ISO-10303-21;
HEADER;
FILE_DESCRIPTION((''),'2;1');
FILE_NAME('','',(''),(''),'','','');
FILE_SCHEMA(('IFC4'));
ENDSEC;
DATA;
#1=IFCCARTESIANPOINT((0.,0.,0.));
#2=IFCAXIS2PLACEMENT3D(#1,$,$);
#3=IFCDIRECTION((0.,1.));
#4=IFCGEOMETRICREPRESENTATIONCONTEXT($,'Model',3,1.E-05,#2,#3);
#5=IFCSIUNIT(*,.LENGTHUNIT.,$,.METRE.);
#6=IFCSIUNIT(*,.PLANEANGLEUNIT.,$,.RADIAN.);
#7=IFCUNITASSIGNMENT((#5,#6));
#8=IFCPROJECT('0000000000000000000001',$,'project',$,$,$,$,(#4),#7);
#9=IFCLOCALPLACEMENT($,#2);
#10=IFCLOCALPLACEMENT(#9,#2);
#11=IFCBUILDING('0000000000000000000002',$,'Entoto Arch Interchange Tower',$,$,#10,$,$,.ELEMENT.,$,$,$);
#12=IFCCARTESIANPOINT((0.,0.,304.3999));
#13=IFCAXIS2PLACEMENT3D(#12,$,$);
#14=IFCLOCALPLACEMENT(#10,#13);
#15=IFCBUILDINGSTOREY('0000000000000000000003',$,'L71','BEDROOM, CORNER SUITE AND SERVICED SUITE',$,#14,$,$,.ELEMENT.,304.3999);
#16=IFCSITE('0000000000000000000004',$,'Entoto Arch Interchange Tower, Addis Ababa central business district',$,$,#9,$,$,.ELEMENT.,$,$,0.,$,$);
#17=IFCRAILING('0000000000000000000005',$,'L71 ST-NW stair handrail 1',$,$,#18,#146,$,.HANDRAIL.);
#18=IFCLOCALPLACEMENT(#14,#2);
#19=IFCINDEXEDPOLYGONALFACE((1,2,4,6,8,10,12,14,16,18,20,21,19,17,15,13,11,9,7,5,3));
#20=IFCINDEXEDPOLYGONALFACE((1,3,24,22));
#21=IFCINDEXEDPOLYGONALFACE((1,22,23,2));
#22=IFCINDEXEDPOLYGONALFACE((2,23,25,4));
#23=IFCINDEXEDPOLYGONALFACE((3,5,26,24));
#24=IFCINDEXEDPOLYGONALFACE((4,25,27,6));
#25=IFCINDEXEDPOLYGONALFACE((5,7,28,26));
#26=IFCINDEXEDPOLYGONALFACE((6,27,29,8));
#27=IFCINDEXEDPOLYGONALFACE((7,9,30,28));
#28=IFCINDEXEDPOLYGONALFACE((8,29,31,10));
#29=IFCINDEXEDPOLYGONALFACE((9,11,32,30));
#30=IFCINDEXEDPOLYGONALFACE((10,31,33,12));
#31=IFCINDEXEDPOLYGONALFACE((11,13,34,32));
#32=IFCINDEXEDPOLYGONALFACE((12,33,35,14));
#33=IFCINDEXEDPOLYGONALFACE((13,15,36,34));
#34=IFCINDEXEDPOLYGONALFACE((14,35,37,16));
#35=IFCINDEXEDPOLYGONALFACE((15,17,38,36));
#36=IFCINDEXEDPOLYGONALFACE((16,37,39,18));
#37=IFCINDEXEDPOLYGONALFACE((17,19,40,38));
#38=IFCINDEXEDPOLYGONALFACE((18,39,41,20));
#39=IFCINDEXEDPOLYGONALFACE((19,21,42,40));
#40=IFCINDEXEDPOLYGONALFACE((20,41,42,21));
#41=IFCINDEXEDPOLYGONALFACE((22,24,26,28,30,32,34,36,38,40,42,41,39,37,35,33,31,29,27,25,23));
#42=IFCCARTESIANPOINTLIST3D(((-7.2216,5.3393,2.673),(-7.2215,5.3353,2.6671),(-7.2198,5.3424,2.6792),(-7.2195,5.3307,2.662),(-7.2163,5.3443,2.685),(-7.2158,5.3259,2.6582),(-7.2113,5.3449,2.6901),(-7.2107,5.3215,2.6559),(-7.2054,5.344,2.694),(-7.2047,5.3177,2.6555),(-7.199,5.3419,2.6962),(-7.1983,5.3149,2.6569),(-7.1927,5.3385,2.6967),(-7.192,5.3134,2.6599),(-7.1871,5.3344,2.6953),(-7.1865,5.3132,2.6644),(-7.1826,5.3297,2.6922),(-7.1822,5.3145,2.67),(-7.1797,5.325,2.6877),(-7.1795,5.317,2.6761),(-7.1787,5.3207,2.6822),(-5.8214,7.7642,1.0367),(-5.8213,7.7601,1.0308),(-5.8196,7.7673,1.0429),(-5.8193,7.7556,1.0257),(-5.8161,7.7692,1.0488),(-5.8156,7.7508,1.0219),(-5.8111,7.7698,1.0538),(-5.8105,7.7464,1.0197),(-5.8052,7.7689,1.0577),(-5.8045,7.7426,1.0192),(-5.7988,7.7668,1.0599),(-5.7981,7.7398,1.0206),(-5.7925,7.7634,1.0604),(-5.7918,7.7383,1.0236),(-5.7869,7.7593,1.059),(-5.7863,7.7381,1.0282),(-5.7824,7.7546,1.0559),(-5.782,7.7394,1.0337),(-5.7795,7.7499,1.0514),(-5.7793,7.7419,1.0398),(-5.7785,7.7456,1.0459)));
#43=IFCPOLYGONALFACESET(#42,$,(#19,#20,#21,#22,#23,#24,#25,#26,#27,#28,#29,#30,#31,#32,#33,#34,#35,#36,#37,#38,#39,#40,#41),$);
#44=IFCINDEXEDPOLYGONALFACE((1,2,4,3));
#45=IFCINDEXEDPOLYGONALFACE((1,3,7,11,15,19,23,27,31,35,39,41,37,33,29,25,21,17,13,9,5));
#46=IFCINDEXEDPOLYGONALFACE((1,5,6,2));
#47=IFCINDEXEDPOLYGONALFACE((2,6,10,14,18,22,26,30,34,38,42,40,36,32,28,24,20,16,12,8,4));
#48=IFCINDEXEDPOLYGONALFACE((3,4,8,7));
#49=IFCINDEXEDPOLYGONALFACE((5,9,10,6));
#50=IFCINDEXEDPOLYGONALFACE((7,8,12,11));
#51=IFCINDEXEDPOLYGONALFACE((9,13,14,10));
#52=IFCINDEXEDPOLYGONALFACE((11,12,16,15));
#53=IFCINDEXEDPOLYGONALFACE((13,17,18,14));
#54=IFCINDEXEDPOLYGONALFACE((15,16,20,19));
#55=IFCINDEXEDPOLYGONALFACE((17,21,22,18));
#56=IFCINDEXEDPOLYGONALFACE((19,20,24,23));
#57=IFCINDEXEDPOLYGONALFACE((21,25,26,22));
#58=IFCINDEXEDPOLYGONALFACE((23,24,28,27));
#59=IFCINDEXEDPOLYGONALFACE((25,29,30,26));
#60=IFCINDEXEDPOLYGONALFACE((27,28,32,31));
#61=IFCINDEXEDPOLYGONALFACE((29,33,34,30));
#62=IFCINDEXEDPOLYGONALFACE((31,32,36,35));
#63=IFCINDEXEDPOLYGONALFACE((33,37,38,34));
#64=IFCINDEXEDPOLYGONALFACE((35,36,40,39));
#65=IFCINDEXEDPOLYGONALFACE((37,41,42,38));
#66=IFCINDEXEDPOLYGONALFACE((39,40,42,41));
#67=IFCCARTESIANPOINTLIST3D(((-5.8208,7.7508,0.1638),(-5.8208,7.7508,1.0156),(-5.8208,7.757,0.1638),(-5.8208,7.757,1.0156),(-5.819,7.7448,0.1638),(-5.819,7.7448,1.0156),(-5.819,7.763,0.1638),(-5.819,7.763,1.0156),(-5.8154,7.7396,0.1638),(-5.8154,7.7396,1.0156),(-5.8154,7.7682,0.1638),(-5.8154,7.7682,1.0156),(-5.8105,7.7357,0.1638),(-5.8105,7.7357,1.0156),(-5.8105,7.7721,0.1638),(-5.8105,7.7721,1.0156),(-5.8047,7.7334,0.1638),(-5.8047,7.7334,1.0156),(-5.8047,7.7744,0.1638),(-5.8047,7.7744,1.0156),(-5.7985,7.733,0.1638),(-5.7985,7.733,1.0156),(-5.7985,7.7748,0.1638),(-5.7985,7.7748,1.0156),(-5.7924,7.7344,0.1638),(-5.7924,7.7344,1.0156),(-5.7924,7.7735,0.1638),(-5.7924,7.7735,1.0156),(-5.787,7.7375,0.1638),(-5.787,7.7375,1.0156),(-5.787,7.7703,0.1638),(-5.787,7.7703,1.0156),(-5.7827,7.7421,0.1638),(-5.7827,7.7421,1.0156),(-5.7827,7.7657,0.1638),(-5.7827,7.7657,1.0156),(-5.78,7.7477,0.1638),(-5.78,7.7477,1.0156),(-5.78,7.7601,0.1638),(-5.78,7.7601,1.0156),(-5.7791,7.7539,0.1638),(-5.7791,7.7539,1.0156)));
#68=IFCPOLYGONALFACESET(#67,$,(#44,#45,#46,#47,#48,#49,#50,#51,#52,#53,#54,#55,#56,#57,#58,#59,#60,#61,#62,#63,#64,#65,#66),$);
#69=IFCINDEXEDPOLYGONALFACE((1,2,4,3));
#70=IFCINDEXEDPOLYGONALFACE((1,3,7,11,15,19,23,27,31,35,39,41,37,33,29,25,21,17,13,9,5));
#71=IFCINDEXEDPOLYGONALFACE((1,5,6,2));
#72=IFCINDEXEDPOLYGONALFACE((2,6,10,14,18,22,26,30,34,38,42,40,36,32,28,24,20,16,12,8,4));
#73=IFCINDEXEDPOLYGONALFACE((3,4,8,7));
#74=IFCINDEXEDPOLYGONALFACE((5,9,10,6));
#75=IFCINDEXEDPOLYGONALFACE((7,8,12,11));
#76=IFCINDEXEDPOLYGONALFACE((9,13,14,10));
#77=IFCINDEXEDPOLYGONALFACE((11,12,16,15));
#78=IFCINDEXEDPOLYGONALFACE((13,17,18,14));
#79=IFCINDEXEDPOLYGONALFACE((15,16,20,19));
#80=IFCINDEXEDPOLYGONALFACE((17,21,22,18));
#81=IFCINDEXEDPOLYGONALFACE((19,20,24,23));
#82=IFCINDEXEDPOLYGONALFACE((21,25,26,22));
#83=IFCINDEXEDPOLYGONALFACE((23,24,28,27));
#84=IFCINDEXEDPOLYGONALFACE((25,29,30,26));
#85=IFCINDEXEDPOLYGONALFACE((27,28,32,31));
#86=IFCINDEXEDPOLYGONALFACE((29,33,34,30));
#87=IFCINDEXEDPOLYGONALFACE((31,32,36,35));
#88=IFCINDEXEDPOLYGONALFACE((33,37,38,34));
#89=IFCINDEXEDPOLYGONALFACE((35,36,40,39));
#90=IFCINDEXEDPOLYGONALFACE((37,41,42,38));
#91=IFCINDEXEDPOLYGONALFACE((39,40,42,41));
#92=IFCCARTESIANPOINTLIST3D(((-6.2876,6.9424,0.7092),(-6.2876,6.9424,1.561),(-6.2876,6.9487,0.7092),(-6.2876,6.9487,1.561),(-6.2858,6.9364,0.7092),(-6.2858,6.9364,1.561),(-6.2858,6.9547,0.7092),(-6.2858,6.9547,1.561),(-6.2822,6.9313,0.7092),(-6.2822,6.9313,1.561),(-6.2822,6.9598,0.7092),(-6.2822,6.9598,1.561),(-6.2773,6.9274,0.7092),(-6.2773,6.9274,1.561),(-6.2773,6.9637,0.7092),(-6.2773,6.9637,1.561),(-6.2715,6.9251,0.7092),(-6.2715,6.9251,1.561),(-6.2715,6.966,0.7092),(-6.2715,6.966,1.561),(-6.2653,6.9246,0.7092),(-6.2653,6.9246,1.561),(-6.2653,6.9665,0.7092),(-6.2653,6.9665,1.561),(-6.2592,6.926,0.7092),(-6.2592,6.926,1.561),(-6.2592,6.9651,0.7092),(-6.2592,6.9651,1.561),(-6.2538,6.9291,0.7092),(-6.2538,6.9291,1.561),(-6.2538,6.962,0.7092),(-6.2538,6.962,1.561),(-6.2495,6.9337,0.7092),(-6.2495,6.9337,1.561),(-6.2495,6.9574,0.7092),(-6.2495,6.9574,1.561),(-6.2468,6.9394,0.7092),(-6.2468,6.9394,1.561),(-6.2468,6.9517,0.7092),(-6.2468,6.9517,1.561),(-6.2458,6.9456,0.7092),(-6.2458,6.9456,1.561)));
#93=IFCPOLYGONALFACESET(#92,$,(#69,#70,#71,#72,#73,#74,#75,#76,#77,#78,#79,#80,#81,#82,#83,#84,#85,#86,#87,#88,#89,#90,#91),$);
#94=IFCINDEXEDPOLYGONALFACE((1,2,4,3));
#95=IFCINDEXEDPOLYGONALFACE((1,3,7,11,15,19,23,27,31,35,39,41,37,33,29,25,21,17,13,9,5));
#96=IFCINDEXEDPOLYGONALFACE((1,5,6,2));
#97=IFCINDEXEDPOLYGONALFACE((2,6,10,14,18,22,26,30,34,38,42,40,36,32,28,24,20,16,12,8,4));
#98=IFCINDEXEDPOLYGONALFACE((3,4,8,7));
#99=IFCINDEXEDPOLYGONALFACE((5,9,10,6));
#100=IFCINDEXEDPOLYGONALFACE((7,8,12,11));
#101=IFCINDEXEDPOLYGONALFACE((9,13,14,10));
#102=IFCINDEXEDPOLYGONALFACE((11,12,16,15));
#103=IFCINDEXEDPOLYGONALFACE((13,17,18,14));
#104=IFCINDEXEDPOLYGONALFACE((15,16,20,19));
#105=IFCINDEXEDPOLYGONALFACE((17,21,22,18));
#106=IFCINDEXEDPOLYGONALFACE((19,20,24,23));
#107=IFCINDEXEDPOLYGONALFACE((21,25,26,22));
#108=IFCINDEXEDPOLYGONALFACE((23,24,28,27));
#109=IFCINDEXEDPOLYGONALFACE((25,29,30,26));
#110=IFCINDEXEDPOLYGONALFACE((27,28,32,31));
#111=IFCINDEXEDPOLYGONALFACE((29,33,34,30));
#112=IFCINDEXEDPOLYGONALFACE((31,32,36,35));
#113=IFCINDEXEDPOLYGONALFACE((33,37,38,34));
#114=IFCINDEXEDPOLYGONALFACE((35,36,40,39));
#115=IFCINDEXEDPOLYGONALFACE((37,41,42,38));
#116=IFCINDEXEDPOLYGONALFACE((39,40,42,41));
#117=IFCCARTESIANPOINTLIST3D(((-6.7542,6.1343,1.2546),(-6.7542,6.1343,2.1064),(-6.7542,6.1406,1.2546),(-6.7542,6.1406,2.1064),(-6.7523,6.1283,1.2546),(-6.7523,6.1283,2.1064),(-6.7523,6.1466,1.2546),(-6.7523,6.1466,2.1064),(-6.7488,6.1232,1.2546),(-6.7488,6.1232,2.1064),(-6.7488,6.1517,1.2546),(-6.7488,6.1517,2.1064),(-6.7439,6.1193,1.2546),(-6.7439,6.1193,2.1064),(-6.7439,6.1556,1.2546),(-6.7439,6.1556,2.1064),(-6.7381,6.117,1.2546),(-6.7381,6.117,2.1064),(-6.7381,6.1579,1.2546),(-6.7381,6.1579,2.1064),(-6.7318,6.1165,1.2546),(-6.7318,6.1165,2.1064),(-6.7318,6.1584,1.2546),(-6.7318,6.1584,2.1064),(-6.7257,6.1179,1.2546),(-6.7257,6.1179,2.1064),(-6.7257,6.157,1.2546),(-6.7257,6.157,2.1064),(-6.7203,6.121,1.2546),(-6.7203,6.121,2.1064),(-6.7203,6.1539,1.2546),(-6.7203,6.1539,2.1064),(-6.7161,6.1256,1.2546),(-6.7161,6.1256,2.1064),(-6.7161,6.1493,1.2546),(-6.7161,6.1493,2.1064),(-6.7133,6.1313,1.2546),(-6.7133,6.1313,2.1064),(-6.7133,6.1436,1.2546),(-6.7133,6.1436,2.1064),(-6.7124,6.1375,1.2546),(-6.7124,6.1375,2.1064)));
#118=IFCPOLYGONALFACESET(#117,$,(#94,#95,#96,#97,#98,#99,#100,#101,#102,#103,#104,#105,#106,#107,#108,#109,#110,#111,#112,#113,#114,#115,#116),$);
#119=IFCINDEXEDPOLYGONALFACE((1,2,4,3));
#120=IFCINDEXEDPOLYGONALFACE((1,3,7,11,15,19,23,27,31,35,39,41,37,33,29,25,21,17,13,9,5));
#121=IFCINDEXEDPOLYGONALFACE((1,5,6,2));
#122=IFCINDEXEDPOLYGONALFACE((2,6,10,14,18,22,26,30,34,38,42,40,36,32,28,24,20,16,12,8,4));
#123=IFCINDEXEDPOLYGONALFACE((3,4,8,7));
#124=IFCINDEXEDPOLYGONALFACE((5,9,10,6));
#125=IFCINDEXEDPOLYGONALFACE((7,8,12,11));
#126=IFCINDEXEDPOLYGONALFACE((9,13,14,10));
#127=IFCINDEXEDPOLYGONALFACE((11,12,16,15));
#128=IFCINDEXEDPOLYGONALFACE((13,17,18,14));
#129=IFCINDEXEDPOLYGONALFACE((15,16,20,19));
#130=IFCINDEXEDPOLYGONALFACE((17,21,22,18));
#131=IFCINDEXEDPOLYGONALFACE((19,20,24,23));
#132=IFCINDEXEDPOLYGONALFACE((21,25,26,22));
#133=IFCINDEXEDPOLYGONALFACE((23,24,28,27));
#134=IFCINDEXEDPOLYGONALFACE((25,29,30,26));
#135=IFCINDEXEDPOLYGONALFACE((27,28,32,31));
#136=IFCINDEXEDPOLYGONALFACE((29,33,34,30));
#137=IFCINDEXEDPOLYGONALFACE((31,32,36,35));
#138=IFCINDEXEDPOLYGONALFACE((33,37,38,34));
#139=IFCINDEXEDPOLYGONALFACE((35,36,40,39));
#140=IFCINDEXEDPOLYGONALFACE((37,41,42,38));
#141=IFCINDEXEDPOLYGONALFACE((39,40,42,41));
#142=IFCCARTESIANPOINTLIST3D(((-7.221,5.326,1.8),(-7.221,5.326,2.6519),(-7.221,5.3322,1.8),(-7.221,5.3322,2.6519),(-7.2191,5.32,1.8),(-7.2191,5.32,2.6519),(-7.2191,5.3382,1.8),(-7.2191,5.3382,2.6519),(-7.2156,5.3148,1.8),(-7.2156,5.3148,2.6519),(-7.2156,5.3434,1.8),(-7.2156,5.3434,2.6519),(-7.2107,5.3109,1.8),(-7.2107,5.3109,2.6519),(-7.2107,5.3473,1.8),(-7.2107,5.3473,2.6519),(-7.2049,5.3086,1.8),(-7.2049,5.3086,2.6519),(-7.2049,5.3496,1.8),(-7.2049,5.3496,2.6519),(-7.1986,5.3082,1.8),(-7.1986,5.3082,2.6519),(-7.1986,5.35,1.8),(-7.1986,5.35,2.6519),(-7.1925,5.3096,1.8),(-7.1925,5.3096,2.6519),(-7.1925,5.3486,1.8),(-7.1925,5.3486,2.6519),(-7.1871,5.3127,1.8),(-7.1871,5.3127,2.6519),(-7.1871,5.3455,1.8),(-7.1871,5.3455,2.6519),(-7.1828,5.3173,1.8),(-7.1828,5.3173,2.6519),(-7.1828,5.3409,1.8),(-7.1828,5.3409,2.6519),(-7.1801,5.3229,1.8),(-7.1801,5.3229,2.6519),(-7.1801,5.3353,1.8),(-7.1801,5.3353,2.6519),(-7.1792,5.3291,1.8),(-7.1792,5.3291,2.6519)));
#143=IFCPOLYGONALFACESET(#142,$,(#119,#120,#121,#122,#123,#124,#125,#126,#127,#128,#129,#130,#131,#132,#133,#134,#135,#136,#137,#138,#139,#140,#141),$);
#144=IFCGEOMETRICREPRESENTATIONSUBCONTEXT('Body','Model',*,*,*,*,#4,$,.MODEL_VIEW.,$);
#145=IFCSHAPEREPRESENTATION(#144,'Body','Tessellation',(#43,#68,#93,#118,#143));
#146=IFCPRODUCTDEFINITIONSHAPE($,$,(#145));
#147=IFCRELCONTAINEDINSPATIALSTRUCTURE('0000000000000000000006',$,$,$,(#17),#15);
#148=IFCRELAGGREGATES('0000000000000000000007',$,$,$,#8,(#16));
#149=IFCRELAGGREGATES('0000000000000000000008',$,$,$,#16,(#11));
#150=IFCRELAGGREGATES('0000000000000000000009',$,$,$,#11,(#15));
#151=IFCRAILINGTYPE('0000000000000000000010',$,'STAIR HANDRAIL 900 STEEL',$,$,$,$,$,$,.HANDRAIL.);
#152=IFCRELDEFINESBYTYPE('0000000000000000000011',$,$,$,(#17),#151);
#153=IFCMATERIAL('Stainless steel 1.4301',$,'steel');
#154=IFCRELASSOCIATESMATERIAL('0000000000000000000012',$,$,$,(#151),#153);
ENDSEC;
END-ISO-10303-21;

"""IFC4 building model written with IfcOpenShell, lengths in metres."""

from ifc_helpers import new_model, si_unit, direction, frame, origin, origin_2d, place, context, subcontext, project, spatial, circle, extrude, material, type_object, element, save


model = new_model("IFC4")

# Units and contexts
model_context = context("Model", 3, precision=1e-05, world=origin(), true_north=direction((0.0, 1.0)))
body_context = subcontext(model_context, "Body", "Model", "MODEL_VIEW")
ifc_project = project(units=[si_unit("LENGTHUNIT", "METRE"), si_unit("PLANEANGLEUNIT", "RADIAN")], contexts=[model_context])

# Site, building, storey
site_placement = place(None, origin())
site = spatial("IfcSite", under=ifc_project, at=site_placement, Name="Entoto Arch Interchange Tower, Addis Ababa central business district", CompositionType="ELEMENT", RefElevation=0.0)
building_placement = place(site_placement, origin())
building = spatial("IfcBuilding", under=site, at=building_placement, Name="Entoto Arch Interchange Tower", CompositionType="ELEMENT")
storey_placement = place(building_placement, frame((0.0, 0.0, 304.3999)))
storey = spatial("IfcBuildingStorey", under=building, at=storey_placement, Name="L71", Description="BEDROOM, CORNER SUITE AND SERVICED SUITE", CompositionType="ELEMENT", Elevation=304.3999)

# Railing
ifc_material_1 = material(Name="Stainless steel 1.4301", Category="steel")
railing_type_1 = type_object("IfcRailingType", Name="STAIR HANDRAIL 900 STEEL", PredefinedType="HANDRAIL", material=ifc_material_1)
railing_1_placement = place(storey_placement, frame((-5.8, 7.7539, 0.1638)))
element("IfcRailing", 1, at=railing_1_placement, inside=storey, type_object=railing_type_1, Name="L71 ST-NW stair handrail 1", PredefinedType="HANDRAIL", context=body_context, shape_type="SweptSolid", body=[
    extrude(circle(Radius=0.0239, at=origin_2d()), frame((0.0, 0.0, 0.876), z_axis=(-0.431738, -0.747694, 0.504535), x_axis=(0.865997, -0.50005, 0.0)), (0.0, 0.0, 1.0), 3.2432),
    extrude(circle(Radius=0.021, at=origin_2d()), origin(), (0.0, 0.0, 1.0), 0.8518),
    extrude(circle(Radius=0.021, at=origin_2d()), frame((-0.4668, -0.8083, 0.5454)), (0.0, 0.0, 1.0), 0.8518),
    extrude(circle(Radius=0.021, at=origin_2d()), frame((-0.9333, -1.6165, 1.0908)), (0.0, 0.0, 1.0), 0.8518),
    extrude(circle(Radius=0.021, at=origin_2d()), frame((-1.4001, -2.4248, 1.6362)), (0.0, 0.0, 1.0), 0.8518),
])

save(model, "model.ifc")
